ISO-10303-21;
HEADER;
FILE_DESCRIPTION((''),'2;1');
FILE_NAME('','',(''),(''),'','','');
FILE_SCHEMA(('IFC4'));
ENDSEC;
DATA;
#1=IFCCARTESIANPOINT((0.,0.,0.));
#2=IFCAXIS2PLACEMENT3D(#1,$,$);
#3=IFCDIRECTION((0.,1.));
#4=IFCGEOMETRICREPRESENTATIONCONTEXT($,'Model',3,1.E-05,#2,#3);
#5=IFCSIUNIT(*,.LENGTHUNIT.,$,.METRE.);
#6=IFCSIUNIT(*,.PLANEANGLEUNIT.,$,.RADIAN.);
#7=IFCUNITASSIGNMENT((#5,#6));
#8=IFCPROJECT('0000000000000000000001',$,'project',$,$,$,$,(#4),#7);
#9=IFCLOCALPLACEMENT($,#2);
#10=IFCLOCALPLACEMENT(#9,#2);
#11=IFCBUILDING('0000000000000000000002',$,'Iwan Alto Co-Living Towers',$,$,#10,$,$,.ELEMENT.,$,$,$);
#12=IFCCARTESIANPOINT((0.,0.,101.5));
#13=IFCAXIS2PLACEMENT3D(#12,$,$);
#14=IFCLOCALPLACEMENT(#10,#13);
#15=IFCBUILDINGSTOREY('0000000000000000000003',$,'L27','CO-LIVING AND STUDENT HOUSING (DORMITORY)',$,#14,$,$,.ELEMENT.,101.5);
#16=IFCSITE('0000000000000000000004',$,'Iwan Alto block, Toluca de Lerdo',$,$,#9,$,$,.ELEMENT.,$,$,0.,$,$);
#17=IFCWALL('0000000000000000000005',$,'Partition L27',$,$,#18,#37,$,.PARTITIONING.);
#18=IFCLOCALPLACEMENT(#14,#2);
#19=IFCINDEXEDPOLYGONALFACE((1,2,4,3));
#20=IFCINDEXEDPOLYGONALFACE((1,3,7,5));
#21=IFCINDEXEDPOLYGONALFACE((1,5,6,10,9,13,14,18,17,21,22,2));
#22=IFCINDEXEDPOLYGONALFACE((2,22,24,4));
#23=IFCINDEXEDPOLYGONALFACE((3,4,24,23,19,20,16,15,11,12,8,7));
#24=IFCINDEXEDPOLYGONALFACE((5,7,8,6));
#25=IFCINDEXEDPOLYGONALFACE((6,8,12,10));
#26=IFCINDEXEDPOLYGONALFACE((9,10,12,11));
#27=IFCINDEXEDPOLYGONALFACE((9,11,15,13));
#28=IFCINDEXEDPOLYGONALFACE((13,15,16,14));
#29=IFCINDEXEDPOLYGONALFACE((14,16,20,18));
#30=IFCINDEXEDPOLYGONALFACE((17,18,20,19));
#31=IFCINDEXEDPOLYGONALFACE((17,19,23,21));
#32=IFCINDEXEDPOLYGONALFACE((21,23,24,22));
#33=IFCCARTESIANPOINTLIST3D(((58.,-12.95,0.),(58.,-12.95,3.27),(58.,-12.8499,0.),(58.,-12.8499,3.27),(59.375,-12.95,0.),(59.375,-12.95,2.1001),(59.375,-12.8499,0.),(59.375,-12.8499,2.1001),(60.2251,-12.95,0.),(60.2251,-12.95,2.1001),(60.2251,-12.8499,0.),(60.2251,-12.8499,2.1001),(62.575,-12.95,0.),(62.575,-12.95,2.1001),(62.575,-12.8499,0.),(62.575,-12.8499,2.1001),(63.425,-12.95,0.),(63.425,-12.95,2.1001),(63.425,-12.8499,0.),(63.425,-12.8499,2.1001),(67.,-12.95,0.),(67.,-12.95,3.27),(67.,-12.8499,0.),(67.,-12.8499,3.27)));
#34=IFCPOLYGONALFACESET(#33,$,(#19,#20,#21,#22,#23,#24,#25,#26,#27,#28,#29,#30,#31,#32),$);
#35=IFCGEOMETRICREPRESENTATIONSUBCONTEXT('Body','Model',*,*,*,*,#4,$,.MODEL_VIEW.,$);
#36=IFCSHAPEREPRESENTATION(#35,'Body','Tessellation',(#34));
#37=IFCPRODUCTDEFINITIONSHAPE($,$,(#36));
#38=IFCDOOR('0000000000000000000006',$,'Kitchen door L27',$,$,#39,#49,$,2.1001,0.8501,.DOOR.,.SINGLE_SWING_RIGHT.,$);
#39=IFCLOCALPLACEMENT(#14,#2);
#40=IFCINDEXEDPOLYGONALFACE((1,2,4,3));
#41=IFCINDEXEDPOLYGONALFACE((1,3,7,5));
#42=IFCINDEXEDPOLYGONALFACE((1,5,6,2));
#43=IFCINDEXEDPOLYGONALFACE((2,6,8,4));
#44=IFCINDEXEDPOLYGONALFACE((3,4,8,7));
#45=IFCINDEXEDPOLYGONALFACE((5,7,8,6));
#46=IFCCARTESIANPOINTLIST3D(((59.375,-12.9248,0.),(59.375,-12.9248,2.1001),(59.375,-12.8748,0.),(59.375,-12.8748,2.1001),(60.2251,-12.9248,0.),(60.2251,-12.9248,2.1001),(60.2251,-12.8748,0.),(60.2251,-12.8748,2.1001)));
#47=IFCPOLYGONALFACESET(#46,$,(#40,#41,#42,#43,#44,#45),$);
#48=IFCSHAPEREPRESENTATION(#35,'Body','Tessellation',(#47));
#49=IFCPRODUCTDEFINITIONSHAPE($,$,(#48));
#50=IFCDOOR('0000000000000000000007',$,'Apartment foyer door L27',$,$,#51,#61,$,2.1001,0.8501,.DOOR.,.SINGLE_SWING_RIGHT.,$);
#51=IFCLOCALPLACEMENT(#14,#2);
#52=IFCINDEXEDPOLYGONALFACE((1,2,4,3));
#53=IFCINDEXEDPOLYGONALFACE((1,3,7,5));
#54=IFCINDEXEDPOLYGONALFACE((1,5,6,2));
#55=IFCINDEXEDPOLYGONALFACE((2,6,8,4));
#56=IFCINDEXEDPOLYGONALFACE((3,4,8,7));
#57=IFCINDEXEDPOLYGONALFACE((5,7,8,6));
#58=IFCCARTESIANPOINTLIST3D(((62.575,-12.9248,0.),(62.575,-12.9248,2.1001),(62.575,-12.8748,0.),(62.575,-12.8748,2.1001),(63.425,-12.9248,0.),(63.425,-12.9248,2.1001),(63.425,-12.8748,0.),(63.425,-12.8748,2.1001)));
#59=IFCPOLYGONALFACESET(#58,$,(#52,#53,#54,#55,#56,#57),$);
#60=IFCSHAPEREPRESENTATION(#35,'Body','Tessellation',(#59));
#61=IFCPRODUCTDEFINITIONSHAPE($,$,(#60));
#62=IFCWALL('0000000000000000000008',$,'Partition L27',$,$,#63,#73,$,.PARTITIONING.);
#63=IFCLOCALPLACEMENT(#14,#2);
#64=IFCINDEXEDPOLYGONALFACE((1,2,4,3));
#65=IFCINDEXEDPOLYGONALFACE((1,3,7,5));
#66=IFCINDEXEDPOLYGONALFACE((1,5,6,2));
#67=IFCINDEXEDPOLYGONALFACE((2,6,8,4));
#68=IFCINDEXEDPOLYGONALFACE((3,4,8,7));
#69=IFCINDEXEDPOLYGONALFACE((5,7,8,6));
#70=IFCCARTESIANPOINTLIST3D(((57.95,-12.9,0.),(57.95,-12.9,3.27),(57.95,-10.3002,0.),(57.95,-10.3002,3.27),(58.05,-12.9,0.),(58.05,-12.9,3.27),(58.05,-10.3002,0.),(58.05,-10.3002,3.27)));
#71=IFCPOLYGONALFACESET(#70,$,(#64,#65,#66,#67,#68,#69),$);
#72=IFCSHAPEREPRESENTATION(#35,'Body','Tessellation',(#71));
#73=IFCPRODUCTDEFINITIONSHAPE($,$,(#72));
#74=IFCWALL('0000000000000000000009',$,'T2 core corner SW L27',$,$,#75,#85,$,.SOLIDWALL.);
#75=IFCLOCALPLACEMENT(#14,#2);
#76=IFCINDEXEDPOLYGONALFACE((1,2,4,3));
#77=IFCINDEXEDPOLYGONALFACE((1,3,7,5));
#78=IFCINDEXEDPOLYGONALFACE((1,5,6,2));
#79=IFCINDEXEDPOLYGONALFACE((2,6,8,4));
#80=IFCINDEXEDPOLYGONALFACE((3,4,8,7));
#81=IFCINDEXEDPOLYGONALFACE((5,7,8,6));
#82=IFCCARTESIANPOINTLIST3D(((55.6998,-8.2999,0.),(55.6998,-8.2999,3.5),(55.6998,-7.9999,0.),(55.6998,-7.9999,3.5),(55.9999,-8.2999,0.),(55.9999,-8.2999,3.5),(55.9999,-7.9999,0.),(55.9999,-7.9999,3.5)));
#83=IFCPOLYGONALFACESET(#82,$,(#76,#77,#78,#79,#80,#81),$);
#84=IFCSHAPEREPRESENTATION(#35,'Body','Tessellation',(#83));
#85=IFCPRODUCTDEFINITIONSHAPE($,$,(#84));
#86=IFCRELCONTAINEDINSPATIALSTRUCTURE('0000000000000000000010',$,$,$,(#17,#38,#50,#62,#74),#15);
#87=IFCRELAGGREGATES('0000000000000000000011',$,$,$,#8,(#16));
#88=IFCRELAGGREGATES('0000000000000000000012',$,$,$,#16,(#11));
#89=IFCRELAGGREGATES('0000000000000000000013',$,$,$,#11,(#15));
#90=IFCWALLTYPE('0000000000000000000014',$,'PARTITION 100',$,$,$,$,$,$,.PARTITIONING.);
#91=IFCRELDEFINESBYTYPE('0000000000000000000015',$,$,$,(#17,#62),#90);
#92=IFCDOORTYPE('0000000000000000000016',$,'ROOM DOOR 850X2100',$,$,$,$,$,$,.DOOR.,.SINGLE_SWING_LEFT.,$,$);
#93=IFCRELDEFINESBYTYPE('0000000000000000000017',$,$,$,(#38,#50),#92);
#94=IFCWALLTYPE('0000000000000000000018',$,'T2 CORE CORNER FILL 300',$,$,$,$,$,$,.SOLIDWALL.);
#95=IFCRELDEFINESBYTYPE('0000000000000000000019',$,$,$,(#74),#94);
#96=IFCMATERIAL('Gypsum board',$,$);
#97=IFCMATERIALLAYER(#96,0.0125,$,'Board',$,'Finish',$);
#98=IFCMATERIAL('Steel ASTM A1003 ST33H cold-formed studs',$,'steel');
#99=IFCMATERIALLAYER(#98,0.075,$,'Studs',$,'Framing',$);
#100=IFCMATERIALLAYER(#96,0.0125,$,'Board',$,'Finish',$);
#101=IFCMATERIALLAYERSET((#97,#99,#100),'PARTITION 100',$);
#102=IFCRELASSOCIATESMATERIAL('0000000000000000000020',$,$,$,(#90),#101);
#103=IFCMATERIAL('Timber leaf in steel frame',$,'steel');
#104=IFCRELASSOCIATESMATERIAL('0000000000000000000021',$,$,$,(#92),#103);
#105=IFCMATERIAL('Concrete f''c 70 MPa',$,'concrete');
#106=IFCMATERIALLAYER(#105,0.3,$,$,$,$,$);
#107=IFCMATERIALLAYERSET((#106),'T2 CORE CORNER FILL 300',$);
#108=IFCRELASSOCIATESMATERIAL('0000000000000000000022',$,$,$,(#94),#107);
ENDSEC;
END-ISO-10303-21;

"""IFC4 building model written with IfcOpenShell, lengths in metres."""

from ifc_helpers import new_model, si_unit, direction, frame, frame_2d, origin, place, context, subcontext, project, spatial, rectangle, extrude, material, layer, layer_set, type_object, element, fill, save


model = new_model("IFC4")

# Units and contexts
model_context = context("Model", 3, precision=1e-05, world=origin(), true_north=direction((0.0, 1.0)))
body_context = subcontext(model_context, "Body", "Model", "MODEL_VIEW")
ifc_project = project(units=[si_unit("LENGTHUNIT", "METRE"), si_unit("PLANEANGLEUNIT", "RADIAN")], contexts=[model_context])

# Site, building, storey
site_placement = place(None, origin())
site = spatial("IfcSite", under=ifc_project, at=site_placement, Name="Iwan Alto block, Toluca de Lerdo", CompositionType="ELEMENT", RefElevation=0.0)
building_placement = place(site_placement, origin())
building = spatial("IfcBuilding", under=site, at=building_placement, Name="Iwan Alto Co-Living Towers", CompositionType="ELEMENT")
storey_placement = place(building_placement, frame((0.0, 0.0, 101.5)))
storey = spatial("IfcBuildingStorey", under=building, at=storey_placement, Name="L27", Description="CO-LIVING AND STUDENT HOUSING (DORMITORY)", CompositionType="ELEMENT", Elevation=101.5)

# Shared definitions
ifc_material_1 = material(Name="Gypsum board")
ifc_material_2 = material(Name="Steel ASTM A1003 ST33H cold-formed studs", Category="steel")

# Wall, openings, doors
ifc_layer_1 = layer(ifc_material_1, 0.0125, Name="Board", Category="Finish")
ifc_layer_2 = layer(ifc_material_2, 0.075, Name="Studs", Category="Framing")
ifc_layer_3 = layer(ifc_material_1, 0.0125, Name="Board", Category="Finish")
ifc_layer_set_1 = layer_set([ifc_layer_1, ifc_layer_2, ifc_layer_3], Name="PARTITION 100")
wall_type_1 = type_object("IfcWallType", Name="PARTITION 100", PredefinedType="PARTITIONING", material=ifc_layer_set_1)
wall_1_placement = place(storey_placement, frame((58.0, -12.8999, 0.0), z_axis=(0.0, 0.0, 1.0), x_axis=(1.0, 0.0, 0.0)))
wall_1 = element("IfcWall", 1, at=wall_1_placement, inside=storey, type_object=wall_type_1, Name="Partition L27", PredefinedType="PARTITIONING", context=body_context, shape_type="SweptSolid", body=[
    extrude(rectangle(XDim=9.0, YDim=0.1001, at=frame_2d((4.5, 0.0))), origin(), (0.0, 0.0, 1.0), 3.27),
])
opening_1_placement = place(wall_1_placement, frame((1.375, 0.0, 0.0)))
opening_1 = element("IfcOpeningElement", 2, at=opening_1_placement, cuts=wall_1, PredefinedType="OPENING", context=body_context, shape_type="SweptSolid", body=[
    extrude(rectangle(XDim=0.8501, YDim=2.1001, at=frame_2d((0.425, 1.05))), frame((0.0, 0.0601, 0.0), z_axis=(0.0, -1.0, 0.0), x_axis=(1.0, 0.0, 0.0)), (0.0, 0.0, 1.0), 0.1201),
])
opening_2_placement = place(wall_1_placement, frame((4.575, 0.0, 0.0)))
opening_2 = element("IfcOpeningElement", 3, at=opening_2_placement, cuts=wall_1, PredefinedType="OPENING", context=body_context, shape_type="SweptSolid", body=[
    extrude(rectangle(XDim=0.8501, YDim=2.1001, at=frame_2d((0.425, 1.05))), frame((0.0, 0.0601, 0.0), z_axis=(0.0, -1.0, 0.0), x_axis=(1.0, 0.0, 0.0)), (0.0, 0.0, 1.0), 0.1201),
])
ifc_material_3 = material(Name="Timber leaf in steel frame", Category="steel")
door_type_1 = type_object("IfcDoorType", Name="ROOM DOOR 850X2100", OperationType="SINGLE_SWING_LEFT", PredefinedType="DOOR", material=ifc_material_3)
door_1_placement = place(opening_1_placement, frame((0.8501, 0.0, 0.0), z_axis=(0.0, 0.0, 1.0), x_axis=(-1.0, 0.0, 0.0)))
door_1 = element("IfcDoor", 4, at=door_1_placement, inside=storey, type_object=door_type_1, Name="Kitchen door L27", OperationType="SINGLE_SWING_RIGHT", OverallHeight=2.1001, OverallWidth=0.8501, PredefinedType="DOOR", context=body_context, shape_type="SweptSolid", body=[
    extrude(rectangle(XDim=0.8501, YDim=2.1001, at=frame_2d((0.425, 1.05))), frame((0.0, 0.0249, 0.0), z_axis=(0.0, -1.0, 0.0), x_axis=(1.0, 0.0, 0.0)), (0.0, 0.0, 1.0), 0.05),
])
fill(opening_1, door_1)
door_2_placement = place(opening_2_placement, frame((0.8501, 0.0, 0.0), z_axis=(0.0, 0.0, 1.0), x_axis=(-1.0, 0.0, 0.0)))
door_2 = element("IfcDoor", 5, at=door_2_placement, inside=storey, type_object=door_type_1, Name="Apartment foyer door L27", OperationType="SINGLE_SWING_RIGHT", OverallHeight=2.1001, OverallWidth=0.8501, PredefinedType="DOOR", context=body_context, shape_type="SweptSolid", body=[
    extrude(rectangle(XDim=0.8501, YDim=2.1001, at=frame_2d((0.425, 1.05))), frame((0.0, 0.0249, 0.0), z_axis=(0.0, -1.0, 0.0), x_axis=(1.0, 0.0, 0.0)), (0.0, 0.0, 1.0), 0.05),
])
fill(opening_2, door_2)

# Walls
wall_2_placement = place(storey_placement, frame((58.0, -12.8999, 0.0), z_axis=(0.0, 0.0, 1.0), x_axis=(0.0, 1.0, 0.0)))
element("IfcWall", 6, at=wall_2_placement, inside=storey, type_object=wall_type_1, Name="Partition L27", PredefinedType="PARTITIONING", context=body_context, shape_type="SweptSolid", body=[
    extrude(rectangle(XDim=2.5999, YDim=0.1001, at=frame_2d((1.2998, 0.0))), origin(), (0.0, 0.0, 1.0), 3.27),
])
ifc_material_4 = material(Name="Concrete f'c 70 MPa", Category="concrete")
ifc_layer_4 = layer(ifc_material_4, 0.3)
ifc_layer_set_2 = layer_set([ifc_layer_4], Name="T2 CORE CORNER FILL 300")
wall_type_2 = type_object("IfcWallType", Name="T2 CORE CORNER FILL 300", PredefinedType="SOLIDWALL", material=ifc_layer_set_2)
wall_3_placement = place(storey_placement, frame((55.7, -8.1499, 0.0), z_axis=(0.0, 0.0, 1.0), x_axis=(1.0, 0.0, 0.0)))
element("IfcWall", 7, at=wall_3_placement, inside=storey, type_object=wall_type_2, Name="T2 core corner SW L27", PredefinedType="SOLIDWALL", context=body_context, shape_type="SweptSolid", body=[
    extrude(rectangle(XDim=0.3, YDim=0.3, at=frame_2d((0.1499, 0.0))), origin(), (0.0, 0.0, 1.0), 3.5),
])

save(model, "model.ifc")
